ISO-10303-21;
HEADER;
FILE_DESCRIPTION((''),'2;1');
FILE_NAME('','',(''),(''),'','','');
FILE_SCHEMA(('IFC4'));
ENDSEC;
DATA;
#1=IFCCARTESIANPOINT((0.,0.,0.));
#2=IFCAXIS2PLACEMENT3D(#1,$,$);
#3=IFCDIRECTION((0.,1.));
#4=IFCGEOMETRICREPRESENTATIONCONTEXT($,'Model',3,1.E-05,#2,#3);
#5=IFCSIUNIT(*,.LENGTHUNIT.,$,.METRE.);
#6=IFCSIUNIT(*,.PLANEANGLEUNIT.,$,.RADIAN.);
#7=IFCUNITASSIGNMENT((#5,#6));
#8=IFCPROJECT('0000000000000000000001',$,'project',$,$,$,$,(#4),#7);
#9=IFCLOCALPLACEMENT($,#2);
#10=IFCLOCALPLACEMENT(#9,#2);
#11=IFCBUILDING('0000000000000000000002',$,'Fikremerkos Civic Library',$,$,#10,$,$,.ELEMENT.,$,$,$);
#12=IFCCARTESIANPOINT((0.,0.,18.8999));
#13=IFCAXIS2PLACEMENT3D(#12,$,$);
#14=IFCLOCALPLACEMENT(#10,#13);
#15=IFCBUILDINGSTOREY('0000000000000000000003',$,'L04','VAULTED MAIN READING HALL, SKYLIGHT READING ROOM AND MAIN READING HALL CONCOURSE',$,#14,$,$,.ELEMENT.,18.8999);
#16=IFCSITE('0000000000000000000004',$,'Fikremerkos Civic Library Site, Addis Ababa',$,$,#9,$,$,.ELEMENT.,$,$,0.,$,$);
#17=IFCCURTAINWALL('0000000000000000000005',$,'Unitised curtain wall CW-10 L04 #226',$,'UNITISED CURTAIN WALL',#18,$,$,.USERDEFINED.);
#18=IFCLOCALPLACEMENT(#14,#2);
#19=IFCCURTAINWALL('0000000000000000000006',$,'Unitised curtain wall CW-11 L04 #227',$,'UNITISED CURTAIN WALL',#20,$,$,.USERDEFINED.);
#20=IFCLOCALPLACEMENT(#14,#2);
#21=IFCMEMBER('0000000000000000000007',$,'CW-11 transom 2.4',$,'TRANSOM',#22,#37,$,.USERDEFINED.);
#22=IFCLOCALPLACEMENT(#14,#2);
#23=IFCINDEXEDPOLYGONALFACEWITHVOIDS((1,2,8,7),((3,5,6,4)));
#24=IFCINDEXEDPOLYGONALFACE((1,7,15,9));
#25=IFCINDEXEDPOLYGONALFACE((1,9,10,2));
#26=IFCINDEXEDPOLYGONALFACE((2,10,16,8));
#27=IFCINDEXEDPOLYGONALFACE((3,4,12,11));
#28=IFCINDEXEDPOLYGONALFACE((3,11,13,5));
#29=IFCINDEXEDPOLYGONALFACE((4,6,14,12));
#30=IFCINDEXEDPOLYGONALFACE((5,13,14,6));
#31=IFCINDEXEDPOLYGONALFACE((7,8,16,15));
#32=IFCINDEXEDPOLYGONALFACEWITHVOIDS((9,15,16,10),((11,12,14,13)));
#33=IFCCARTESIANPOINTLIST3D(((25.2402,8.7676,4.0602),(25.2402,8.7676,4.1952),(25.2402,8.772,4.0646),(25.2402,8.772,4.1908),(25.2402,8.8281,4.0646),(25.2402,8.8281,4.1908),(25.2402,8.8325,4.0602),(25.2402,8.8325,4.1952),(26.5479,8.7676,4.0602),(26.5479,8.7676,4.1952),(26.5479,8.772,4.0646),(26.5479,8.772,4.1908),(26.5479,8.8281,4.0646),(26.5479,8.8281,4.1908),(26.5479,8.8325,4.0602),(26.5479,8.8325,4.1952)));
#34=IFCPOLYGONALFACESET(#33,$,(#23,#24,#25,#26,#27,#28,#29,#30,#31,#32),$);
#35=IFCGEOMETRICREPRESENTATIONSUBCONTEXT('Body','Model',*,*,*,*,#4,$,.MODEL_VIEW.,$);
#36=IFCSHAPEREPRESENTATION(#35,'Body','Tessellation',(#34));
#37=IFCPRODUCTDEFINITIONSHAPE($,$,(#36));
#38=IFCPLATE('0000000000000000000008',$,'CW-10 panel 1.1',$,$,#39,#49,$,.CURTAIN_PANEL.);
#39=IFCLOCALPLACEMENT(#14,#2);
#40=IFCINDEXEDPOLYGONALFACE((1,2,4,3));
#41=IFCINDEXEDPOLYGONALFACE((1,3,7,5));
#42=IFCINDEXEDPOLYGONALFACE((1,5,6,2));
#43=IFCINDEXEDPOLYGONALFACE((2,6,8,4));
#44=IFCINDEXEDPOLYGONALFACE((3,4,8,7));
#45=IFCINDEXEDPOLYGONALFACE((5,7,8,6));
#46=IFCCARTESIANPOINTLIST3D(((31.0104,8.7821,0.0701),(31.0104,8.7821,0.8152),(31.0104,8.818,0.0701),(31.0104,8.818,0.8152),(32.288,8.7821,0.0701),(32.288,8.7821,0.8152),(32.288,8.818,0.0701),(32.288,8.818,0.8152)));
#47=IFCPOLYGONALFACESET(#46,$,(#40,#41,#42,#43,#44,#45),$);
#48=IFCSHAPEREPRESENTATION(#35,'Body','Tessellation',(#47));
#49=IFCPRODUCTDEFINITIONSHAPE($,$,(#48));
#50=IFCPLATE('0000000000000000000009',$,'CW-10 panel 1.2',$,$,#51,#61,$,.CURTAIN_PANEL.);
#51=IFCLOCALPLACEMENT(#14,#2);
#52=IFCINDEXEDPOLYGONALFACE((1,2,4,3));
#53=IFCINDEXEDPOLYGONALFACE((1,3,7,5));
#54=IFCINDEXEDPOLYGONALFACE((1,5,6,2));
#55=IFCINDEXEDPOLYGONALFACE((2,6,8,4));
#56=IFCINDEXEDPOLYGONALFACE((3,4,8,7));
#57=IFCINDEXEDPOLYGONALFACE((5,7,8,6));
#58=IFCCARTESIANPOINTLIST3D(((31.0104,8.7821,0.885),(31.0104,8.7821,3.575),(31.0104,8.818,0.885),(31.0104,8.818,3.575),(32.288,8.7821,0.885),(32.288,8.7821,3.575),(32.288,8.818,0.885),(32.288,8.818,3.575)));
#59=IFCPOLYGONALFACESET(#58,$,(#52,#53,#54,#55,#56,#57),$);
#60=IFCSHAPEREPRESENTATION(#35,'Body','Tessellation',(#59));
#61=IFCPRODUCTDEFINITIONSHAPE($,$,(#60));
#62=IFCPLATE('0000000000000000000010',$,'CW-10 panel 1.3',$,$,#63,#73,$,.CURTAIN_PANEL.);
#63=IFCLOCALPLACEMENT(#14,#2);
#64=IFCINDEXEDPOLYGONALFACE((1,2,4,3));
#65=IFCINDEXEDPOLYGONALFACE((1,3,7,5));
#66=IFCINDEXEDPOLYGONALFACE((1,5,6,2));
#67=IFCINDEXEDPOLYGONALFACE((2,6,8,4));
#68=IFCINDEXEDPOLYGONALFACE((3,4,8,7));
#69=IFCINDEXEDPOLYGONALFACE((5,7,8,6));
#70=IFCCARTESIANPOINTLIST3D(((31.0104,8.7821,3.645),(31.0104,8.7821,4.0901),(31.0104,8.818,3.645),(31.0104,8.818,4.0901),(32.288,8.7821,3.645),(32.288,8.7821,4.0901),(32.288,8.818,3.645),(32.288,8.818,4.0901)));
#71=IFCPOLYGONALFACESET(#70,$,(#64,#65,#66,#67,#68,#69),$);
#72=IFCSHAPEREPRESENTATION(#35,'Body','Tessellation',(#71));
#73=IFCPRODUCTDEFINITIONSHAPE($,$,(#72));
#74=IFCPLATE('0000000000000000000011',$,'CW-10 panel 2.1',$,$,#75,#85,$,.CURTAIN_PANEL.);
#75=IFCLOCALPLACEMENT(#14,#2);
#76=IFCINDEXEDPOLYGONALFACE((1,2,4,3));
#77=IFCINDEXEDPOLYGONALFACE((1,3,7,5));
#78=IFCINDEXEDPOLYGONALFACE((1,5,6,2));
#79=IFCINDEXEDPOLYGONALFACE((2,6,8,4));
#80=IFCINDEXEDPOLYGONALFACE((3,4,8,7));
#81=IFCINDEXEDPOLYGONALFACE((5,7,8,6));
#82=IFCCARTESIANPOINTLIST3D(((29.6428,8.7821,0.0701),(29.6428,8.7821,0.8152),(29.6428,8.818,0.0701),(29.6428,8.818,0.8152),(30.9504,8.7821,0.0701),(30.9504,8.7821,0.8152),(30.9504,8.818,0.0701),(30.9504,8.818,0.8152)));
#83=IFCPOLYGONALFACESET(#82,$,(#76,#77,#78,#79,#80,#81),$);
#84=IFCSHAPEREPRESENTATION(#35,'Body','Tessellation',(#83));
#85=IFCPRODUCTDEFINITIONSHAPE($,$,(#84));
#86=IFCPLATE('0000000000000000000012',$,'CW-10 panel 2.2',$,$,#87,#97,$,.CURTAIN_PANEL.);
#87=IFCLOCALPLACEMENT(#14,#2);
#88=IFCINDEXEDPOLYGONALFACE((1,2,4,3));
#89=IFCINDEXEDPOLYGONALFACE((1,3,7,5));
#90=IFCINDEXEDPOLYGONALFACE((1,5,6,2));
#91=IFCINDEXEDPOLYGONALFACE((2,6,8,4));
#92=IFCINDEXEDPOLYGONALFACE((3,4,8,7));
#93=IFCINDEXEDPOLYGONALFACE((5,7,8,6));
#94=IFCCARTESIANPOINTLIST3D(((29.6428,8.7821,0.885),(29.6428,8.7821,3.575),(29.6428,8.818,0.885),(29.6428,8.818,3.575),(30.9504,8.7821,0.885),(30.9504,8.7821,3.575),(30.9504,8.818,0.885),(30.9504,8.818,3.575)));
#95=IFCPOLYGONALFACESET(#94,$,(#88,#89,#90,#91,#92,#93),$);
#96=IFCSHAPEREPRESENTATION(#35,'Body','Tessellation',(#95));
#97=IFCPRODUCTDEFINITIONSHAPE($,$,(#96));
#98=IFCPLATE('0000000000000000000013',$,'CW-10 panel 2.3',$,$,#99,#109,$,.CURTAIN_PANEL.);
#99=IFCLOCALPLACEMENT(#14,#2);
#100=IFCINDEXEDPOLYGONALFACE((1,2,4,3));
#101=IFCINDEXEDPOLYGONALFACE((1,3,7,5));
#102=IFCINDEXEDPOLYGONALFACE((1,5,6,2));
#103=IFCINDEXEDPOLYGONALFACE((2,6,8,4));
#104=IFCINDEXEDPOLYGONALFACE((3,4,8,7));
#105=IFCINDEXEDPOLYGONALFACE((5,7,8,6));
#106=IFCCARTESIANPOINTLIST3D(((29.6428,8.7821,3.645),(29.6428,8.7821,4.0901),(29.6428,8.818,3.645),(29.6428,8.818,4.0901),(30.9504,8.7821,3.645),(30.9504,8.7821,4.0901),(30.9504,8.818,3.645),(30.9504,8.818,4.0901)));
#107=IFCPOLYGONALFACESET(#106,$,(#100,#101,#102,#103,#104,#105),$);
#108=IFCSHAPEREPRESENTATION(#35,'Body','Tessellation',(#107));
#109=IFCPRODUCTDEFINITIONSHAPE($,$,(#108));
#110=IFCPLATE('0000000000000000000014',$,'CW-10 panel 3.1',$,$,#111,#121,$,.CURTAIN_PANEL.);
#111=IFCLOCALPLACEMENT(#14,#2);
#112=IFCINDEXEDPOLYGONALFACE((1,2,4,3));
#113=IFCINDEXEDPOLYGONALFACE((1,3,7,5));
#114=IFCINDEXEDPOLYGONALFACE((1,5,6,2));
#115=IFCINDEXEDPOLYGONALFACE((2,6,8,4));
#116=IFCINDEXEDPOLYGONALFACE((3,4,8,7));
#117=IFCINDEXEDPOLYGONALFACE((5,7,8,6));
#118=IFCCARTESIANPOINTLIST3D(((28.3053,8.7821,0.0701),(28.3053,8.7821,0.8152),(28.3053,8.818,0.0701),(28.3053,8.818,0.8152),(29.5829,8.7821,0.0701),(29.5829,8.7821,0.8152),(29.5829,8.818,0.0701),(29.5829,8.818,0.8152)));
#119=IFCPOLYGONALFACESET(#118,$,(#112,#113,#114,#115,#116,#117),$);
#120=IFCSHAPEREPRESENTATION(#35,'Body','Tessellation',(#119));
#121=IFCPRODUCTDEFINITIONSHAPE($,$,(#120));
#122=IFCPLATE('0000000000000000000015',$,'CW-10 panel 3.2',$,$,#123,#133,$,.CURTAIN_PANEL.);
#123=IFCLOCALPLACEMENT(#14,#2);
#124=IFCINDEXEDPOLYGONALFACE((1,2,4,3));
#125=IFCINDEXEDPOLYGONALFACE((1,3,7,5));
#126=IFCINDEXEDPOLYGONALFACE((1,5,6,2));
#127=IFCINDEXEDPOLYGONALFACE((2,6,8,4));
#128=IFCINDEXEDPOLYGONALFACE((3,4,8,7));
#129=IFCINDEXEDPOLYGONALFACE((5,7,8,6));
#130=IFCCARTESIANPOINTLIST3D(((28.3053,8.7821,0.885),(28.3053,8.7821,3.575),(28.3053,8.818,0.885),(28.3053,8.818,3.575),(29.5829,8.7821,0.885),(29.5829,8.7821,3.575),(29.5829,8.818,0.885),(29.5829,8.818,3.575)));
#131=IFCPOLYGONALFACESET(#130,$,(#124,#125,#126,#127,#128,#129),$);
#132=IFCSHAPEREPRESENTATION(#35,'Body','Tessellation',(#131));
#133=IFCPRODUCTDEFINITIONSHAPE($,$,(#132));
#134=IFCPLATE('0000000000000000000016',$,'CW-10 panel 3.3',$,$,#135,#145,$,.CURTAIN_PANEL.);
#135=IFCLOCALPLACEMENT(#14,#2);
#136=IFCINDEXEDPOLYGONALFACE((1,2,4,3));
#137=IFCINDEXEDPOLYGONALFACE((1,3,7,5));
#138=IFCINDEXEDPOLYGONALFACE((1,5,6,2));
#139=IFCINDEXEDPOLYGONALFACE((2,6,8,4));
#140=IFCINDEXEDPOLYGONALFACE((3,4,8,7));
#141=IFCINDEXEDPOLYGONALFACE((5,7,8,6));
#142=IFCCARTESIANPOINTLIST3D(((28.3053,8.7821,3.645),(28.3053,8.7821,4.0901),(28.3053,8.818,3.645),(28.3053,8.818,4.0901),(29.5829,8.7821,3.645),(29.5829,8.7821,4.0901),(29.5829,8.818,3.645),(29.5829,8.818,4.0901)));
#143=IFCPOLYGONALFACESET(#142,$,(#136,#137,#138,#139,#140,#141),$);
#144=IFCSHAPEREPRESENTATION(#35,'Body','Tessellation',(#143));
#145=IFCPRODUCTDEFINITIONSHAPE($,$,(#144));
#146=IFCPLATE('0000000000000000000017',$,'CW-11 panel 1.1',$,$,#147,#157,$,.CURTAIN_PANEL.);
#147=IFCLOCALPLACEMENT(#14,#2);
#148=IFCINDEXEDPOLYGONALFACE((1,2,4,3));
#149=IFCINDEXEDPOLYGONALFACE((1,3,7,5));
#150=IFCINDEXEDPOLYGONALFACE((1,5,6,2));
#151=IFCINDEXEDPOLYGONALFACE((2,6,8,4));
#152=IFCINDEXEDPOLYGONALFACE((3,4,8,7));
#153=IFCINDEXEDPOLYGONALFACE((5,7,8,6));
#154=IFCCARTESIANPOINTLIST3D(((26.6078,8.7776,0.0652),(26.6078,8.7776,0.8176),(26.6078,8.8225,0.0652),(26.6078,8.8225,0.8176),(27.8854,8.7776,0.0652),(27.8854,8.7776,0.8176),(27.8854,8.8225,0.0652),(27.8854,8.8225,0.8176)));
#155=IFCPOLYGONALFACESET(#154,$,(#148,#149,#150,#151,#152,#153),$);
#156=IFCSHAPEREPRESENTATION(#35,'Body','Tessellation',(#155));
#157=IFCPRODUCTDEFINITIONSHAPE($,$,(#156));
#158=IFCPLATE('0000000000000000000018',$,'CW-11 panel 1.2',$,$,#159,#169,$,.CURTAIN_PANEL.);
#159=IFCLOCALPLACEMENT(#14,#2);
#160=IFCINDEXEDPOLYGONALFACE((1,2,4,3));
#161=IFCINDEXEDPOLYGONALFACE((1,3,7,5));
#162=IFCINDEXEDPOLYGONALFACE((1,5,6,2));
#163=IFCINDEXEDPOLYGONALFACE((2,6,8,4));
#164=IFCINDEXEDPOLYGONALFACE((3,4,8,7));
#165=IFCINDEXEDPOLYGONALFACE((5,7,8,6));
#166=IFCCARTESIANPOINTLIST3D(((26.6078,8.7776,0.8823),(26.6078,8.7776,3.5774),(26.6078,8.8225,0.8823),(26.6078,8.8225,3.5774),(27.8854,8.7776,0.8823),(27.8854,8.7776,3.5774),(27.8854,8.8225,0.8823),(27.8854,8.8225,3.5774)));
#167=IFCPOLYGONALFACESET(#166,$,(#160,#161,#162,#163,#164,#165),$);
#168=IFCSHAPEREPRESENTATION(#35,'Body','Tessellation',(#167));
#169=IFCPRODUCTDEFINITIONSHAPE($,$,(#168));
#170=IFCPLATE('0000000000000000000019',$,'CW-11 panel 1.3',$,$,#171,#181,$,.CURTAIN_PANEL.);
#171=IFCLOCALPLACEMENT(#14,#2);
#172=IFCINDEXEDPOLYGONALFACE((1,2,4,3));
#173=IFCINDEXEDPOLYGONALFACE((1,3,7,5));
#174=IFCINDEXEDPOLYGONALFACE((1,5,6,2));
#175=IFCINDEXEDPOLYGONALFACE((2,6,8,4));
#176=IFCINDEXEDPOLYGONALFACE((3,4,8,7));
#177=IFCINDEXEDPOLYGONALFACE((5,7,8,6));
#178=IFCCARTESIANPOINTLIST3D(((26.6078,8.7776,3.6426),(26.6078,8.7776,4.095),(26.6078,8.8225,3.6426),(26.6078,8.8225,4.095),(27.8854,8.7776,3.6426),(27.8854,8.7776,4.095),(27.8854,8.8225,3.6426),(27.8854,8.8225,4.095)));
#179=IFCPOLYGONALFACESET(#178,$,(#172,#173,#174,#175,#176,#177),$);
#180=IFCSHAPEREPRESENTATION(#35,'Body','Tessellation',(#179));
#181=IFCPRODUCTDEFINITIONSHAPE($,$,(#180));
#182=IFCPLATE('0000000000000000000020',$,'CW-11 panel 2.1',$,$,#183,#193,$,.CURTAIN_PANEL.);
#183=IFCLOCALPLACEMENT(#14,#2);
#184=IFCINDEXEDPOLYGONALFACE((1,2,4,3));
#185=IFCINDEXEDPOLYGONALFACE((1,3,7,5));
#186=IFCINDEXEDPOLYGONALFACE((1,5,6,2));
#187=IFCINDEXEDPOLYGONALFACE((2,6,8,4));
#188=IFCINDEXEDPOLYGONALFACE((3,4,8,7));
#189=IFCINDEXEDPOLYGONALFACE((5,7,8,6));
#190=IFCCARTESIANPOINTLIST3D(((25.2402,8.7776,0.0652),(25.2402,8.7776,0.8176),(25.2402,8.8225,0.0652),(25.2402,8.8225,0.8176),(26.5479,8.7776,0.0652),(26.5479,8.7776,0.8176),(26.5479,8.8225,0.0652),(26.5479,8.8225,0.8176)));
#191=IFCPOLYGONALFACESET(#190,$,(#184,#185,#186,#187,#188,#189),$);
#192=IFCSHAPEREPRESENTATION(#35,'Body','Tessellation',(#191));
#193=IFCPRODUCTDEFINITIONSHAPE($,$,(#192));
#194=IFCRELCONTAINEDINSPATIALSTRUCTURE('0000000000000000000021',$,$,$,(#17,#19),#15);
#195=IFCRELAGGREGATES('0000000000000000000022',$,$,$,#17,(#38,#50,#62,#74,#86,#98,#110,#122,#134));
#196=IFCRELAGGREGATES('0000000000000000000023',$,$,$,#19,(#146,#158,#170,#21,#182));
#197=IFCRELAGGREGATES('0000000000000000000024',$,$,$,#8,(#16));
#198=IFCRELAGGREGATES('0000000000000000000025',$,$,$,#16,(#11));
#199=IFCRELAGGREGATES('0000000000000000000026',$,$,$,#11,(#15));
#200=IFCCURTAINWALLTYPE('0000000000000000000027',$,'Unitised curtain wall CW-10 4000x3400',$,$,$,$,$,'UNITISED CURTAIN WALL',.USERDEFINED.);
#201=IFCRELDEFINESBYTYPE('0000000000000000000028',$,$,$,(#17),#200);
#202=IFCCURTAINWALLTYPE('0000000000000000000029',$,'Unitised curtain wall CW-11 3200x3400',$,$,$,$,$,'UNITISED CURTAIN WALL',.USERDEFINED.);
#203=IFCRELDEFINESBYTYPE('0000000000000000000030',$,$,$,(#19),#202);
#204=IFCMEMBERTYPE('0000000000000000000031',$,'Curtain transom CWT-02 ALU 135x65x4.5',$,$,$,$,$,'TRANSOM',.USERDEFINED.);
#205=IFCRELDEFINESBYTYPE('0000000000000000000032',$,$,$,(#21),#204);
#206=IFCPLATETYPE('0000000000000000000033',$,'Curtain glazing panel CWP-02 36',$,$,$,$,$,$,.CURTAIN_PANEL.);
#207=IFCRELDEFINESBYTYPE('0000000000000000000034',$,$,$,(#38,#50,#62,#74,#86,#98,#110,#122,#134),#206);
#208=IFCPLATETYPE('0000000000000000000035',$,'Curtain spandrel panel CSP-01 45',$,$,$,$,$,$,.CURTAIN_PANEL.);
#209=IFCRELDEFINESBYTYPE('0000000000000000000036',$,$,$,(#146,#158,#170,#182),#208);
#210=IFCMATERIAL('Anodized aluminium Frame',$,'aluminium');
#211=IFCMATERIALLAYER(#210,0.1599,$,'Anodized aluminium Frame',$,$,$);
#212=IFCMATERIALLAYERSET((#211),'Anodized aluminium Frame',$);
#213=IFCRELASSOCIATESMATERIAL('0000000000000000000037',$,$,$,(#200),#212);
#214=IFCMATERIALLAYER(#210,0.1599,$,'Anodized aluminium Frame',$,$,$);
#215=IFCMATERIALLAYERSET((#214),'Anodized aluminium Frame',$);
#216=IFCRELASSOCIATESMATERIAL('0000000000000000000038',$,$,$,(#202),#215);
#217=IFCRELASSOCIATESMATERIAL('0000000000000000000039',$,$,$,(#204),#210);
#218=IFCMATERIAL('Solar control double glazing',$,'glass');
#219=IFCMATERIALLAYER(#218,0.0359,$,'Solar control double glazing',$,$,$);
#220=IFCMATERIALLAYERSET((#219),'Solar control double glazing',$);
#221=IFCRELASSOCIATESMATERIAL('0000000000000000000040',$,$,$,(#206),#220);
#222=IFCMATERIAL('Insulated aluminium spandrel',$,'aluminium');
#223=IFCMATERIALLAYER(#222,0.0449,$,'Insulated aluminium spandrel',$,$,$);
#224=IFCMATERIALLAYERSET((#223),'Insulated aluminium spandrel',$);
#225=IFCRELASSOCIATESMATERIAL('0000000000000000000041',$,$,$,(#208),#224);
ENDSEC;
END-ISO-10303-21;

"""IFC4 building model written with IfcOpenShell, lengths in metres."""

from ifc_helpers import new_model, si_unit, direction, frame, origin, origin_2d, place, context, subcontext, project, spatial, rectangle, hollow_rectangle, extrude, material, layer, layer_set, material_profile, profile_set, type_object, element, aggregate, save


model = new_model("IFC4")

# Units and contexts
model_context = context("Model", 3, precision=1e-05, world=origin(), true_north=direction((0.0, 1.0)))
body_context = subcontext(model_context, "Body", "Model", "MODEL_VIEW")
ifc_project = project(units=[si_unit("LENGTHUNIT", "METRE"), si_unit("PLANEANGLEUNIT", "RADIAN")], contexts=[model_context])

# Site, building, storey
site_placement = place(None, origin())
site = spatial("IfcSite", under=ifc_project, at=site_placement, Name="Fikremerkos Civic Library Site, Addis Ababa", CompositionType="ELEMENT", RefElevation=0.0)
building_placement = place(site_placement, origin())
building = spatial("IfcBuilding", under=site, at=building_placement, Name="Fikremerkos Civic Library", CompositionType="ELEMENT")
storey_placement = place(building_placement, frame((0.0, 0.0, 18.8999)))
storey = spatial("IfcBuildingStorey", under=building, at=storey_placement, Name="L04", Description="VAULTED MAIN READING HALL, SKYLIGHT READING ROOM AND MAIN READING HALL CONCOURSE", CompositionType="ELEMENT", Elevation=18.8999)

# Curtain walls
ifc_material_1 = material(Name="Anodized aluminium Frame", Category="aluminium")
ifc_layer_1 = layer(ifc_material_1, 0.1599, Name="Anodized aluminium Frame")
ifc_layer_set_1 = layer_set([ifc_layer_1], Name="Anodized aluminium Frame")
curtain_wall_type_1 = type_object("IfcCurtainWallType", Name="Unitised curtain wall CW-10 4000x3400", ElementType="UNITISED CURTAIN WALL", PredefinedType="USERDEFINED", material=ifc_layer_set_1)
curtain_wall_1_placement = place(storey_placement, origin())
curtain_wall_1 = element("IfcCurtainWall", 1, at=curtain_wall_1_placement, inside=storey, type_object=curtain_wall_type_1, Name="Unitised curtain wall CW-10 L04 #226", ObjectType="UNITISED CURTAIN WALL", PredefinedType="USERDEFINED")
ifc_layer_2 = layer(ifc_material_1, 0.1599, Name="Anodized aluminium Frame")
ifc_layer_set_2 = layer_set([ifc_layer_2], Name="Anodized aluminium Frame")
curtain_wall_type_2 = type_object("IfcCurtainWallType", Name="Unitised curtain wall CW-11 3200x3400", ElementType="UNITISED CURTAIN WALL", PredefinedType="USERDEFINED", material=ifc_layer_set_2)
curtain_wall_2_placement = place(storey_placement, origin())
curtain_wall_2 = element("IfcCurtainWall", 2, at=curtain_wall_2_placement, inside=storey, type_object=curtain_wall_type_2, Name="Unitised curtain wall CW-11 L04 #227", ObjectType="UNITISED CURTAIN WALL", PredefinedType="USERDEFINED")

# Member
ifc_material_profile_1 = material_profile(ifc_material_1, hollow_rectangle(XDim=0.0649, YDim=0.135, WallThickness=0.0044, at=origin_2d()), Name="ALU 135x65x4.5")
ifc_profile_set_1 = profile_set([ifc_material_profile_1], Name="Anodized aluminium Frame")
member_type_1 = type_object("IfcMemberType", Name="Curtain transom CWT-02 ALU 135x65x4.5", ElementType="TRANSOM", PredefinedType="USERDEFINED", material=ifc_profile_set_1)
member_1_placement = place(storey_placement, frame((26.5479, 8.8, 4.1277), z_axis=(-1.0, 0.0, 0.0), x_axis=(0.0, -1.0, 0.0)))
member_1 = element("IfcMember", 3, at=member_1_placement, type_object=member_type_1, Name="CW-11 transom 2.4", ObjectType="TRANSOM", PredefinedType="USERDEFINED", context=body_context, shape_type="SweptSolid", body=[
    extrude(hollow_rectangle(XDim=0.0649, YDim=0.135, WallThickness=0.0044, at=origin_2d()), origin(), (0.0, 0.0, 1.0), 1.3076),
])

# Plates
ifc_material_2 = material(Name="Solar control double glazing", Category="glass")
ifc_layer_3 = layer(ifc_material_2, 0.0359, Name="Solar control double glazing")
ifc_layer_set_3 = layer_set([ifc_layer_3], Name="Solar control double glazing")
plate_type_1 = type_object("IfcPlateType", Name="Curtain glazing panel CWP-02 36", PredefinedType="CURTAIN_PANEL", material=ifc_layer_set_3)
plate_1_placement = place(storey_placement, frame((31.6492, 8.8, 0.0701), z_axis=(0.0, 0.0, 1.0), x_axis=(-1.0, 0.0, 0.0)))
plate_1 = element("IfcPlate", 4, at=plate_1_placement, type_object=plate_type_1, Name="CW-10 panel 1.1", PredefinedType="CURTAIN_PANEL", context=body_context, shape_type="SweptSolid", body=[
    extrude(rectangle(XDim=1.2776, YDim=0.0359, at=origin_2d()), origin(), (0.0, 0.0, 1.0), 0.7451),
])
plate_2_placement = place(storey_placement, frame((31.6492, 8.8, 0.885), z_axis=(0.0, 0.0, 1.0), x_axis=(-1.0, 0.0, 0.0)))
plate_2 = element("IfcPlate", 5, at=plate_2_placement, type_object=plate_type_1, Name="CW-10 panel 1.2", PredefinedType="CURTAIN_PANEL", context=body_context, shape_type="SweptSolid", body=[
    extrude(rectangle(XDim=1.2776, YDim=0.0359, at=origin_2d()), origin(), (0.0, 0.0, 1.0), 2.6899),
])
plate_3_placement = place(storey_placement, frame((31.6492, 8.8, 3.645), z_axis=(0.0, 0.0, 1.0), x_axis=(-1.0, 0.0, 0.0)))
plate_3 = element("IfcPlate", 6, at=plate_3_placement, type_object=plate_type_1, Name="CW-10 panel 1.3", PredefinedType="CURTAIN_PANEL", context=body_context, shape_type="SweptSolid", body=[
    extrude(rectangle(XDim=1.2776, YDim=0.0359, at=origin_2d()), origin(), (0.0, 0.0, 1.0), 0.4451),
])
plate_4_placement = place(storey_placement, frame((30.2966, 8.8, 0.0701), z_axis=(0.0, 0.0, 1.0), x_axis=(-1.0, 0.0, 0.0)))
plate_4 = element("IfcPlate", 7, at=plate_4_placement, type_object=plate_type_1, Name="CW-10 panel 2.1", PredefinedType="CURTAIN_PANEL", context=body_context, shape_type="SweptSolid", body=[
    extrude(rectangle(XDim=1.3076, YDim=0.0359, at=origin_2d()), origin(), (0.0, 0.0, 1.0), 0.7451),
])
plate_5_placement = place(storey_placement, frame((30.2966, 8.8, 0.885), z_axis=(0.0, 0.0, 1.0), x_axis=(-1.0, 0.0, 0.0)))
plate_5 = element("IfcPlate", 8, at=plate_5_placement, type_object=plate_type_1, Name="CW-10 panel 2.2", PredefinedType="CURTAIN_PANEL", context=body_context, shape_type="SweptSolid", body=[
    extrude(rectangle(XDim=1.3076, YDim=0.0359, at=origin_2d()), origin(), (0.0, 0.0, 1.0), 2.6899),
])
plate_6_placement = place(storey_placement, frame((30.2966, 8.8, 3.645), z_axis=(0.0, 0.0, 1.0), x_axis=(-1.0, 0.0, 0.0)))
plate_6 = element("IfcPlate", 9, at=plate_6_placement, type_object=plate_type_1, Name="CW-10 panel 2.3", PredefinedType="CURTAIN_PANEL", context=body_context, shape_type="SweptSolid", body=[
    extrude(rectangle(XDim=1.3076, YDim=0.0359, at=origin_2d()), origin(), (0.0, 0.0, 1.0), 0.4451),
])
plate_7_placement = place(storey_placement, frame((28.9441, 8.8, 0.0701), z_axis=(0.0, 0.0, 1.0), x_axis=(-1.0, 0.0, 0.0)))
plate_7 = element("IfcPlate", 10, at=plate_7_placement, type_object=plate_type_1, Name="CW-10 panel 3.1", PredefinedType="CURTAIN_PANEL", context=body_context, shape_type="SweptSolid", body=[
    extrude(rectangle(XDim=1.2776, YDim=0.0359, at=origin_2d()), origin(), (0.0, 0.0, 1.0), 0.7451),
])
plate_8_placement = place(storey_placement, frame((28.9441, 8.8, 0.885), z_axis=(0.0, 0.0, 1.0), x_axis=(-1.0, 0.0, 0.0)))
plate_8 = element("IfcPlate", 11, at=plate_8_placement, type_object=plate_type_1, Name="CW-10 panel 3.2", PredefinedType="CURTAIN_PANEL", context=body_context, shape_type="SweptSolid", body=[
    extrude(rectangle(XDim=1.2776, YDim=0.0359, at=origin_2d()), origin(), (0.0, 0.0, 1.0), 2.6899),
])
plate_9_placement = place(storey_placement, frame((28.9441, 8.8, 3.645), z_axis=(0.0, 0.0, 1.0), x_axis=(-1.0, 0.0, 0.0)))
plate_9 = element("IfcPlate", 12, at=plate_9_placement, type_object=plate_type_1, Name="CW-10 panel 3.3", PredefinedType="CURTAIN_PANEL", context=body_context, shape_type="SweptSolid", body=[
    extrude(rectangle(XDim=1.2776, YDim=0.0359, at=origin_2d()), origin(), (0.0, 0.0, 1.0), 0.4451),
])
aggregate(curtain_wall_1, [plate_1, plate_2, plate_3, plate_4, plate_5, plate_6, plate_7, plate_8, plate_9])
ifc_material_3 = material(Name="Insulated aluminium spandrel", Category="aluminium")
ifc_layer_4 = layer(ifc_material_3, 0.0449, Name="Insulated aluminium spandrel")
ifc_layer_set_4 = layer_set([ifc_layer_4], Name="Insulated aluminium spandrel")
plate_type_2 = type_object("IfcPlateType", Name="Curtain spandrel panel CSP-01 45", PredefinedType="CURTAIN_PANEL", material=ifc_layer_set_4)
plate_10_placement = place(storey_placement, frame((27.2466, 8.8, 0.0652), z_axis=(0.0, 0.0, 1.0), x_axis=(-1.0, 0.0, 0.0)))
plate_10 = element("IfcPlate", 13, at=plate_10_placement, type_object=plate_type_2, Name="CW-11 panel 1.1", PredefinedType="CURTAIN_PANEL", context=body_context, shape_type="SweptSolid", body=[
    extrude(rectangle(XDim=1.2776, YDim=0.0449, at=origin_2d()), origin(), (0.0, 0.0, 1.0), 0.7524),
])
plate_11_placement = place(storey_placement, frame((27.2466, 8.8, 0.8823), z_axis=(0.0, 0.0, 1.0), x_axis=(-1.0, 0.0, 0.0)))
plate_11 = element("IfcPlate", 14, at=plate_11_placement, type_object=plate_type_2, Name="CW-11 panel 1.2", PredefinedType="CURTAIN_PANEL", context=body_context, shape_type="SweptSolid", body=[
    extrude(rectangle(XDim=1.2776, YDim=0.0449, at=origin_2d()), origin(), (0.0, 0.0, 1.0), 2.6951),
])
plate_12_placement = place(storey_placement, frame((27.2466, 8.8, 3.6426), z_axis=(0.0, 0.0, 1.0), x_axis=(-1.0, 0.0, 0.0)))
plate_12 = element("IfcPlate", 15, at=plate_12_placement, type_object=plate_type_2, Name="CW-11 panel 1.3", PredefinedType="CURTAIN_PANEL", context=body_context, shape_type="SweptSolid", body=[
    extrude(rectangle(XDim=1.2776, YDim=0.0449, at=origin_2d()), origin(), (0.0, 0.0, 1.0), 0.4524),
])
plate_13_placement = place(storey_placement, frame((25.894, 8.8, 0.0652), z_axis=(0.0, 0.0, 1.0), x_axis=(-1.0, 0.0, 0.0)))
plate_13 = element("IfcPlate", 16, at=plate_13_placement, type_object=plate_type_2, Name="CW-11 panel 2.1", PredefinedType="CURTAIN_PANEL", context=body_context, shape_type="SweptSolid", body=[
    extrude(rectangle(XDim=1.3076, YDim=0.0449, at=origin_2d()), origin(), (0.0, 0.0, 1.0), 0.7524),
])
aggregate(curtain_wall_2, [plate_10, plate_11, plate_12, member_1, plate_13])

save(model, "model.ifc")
